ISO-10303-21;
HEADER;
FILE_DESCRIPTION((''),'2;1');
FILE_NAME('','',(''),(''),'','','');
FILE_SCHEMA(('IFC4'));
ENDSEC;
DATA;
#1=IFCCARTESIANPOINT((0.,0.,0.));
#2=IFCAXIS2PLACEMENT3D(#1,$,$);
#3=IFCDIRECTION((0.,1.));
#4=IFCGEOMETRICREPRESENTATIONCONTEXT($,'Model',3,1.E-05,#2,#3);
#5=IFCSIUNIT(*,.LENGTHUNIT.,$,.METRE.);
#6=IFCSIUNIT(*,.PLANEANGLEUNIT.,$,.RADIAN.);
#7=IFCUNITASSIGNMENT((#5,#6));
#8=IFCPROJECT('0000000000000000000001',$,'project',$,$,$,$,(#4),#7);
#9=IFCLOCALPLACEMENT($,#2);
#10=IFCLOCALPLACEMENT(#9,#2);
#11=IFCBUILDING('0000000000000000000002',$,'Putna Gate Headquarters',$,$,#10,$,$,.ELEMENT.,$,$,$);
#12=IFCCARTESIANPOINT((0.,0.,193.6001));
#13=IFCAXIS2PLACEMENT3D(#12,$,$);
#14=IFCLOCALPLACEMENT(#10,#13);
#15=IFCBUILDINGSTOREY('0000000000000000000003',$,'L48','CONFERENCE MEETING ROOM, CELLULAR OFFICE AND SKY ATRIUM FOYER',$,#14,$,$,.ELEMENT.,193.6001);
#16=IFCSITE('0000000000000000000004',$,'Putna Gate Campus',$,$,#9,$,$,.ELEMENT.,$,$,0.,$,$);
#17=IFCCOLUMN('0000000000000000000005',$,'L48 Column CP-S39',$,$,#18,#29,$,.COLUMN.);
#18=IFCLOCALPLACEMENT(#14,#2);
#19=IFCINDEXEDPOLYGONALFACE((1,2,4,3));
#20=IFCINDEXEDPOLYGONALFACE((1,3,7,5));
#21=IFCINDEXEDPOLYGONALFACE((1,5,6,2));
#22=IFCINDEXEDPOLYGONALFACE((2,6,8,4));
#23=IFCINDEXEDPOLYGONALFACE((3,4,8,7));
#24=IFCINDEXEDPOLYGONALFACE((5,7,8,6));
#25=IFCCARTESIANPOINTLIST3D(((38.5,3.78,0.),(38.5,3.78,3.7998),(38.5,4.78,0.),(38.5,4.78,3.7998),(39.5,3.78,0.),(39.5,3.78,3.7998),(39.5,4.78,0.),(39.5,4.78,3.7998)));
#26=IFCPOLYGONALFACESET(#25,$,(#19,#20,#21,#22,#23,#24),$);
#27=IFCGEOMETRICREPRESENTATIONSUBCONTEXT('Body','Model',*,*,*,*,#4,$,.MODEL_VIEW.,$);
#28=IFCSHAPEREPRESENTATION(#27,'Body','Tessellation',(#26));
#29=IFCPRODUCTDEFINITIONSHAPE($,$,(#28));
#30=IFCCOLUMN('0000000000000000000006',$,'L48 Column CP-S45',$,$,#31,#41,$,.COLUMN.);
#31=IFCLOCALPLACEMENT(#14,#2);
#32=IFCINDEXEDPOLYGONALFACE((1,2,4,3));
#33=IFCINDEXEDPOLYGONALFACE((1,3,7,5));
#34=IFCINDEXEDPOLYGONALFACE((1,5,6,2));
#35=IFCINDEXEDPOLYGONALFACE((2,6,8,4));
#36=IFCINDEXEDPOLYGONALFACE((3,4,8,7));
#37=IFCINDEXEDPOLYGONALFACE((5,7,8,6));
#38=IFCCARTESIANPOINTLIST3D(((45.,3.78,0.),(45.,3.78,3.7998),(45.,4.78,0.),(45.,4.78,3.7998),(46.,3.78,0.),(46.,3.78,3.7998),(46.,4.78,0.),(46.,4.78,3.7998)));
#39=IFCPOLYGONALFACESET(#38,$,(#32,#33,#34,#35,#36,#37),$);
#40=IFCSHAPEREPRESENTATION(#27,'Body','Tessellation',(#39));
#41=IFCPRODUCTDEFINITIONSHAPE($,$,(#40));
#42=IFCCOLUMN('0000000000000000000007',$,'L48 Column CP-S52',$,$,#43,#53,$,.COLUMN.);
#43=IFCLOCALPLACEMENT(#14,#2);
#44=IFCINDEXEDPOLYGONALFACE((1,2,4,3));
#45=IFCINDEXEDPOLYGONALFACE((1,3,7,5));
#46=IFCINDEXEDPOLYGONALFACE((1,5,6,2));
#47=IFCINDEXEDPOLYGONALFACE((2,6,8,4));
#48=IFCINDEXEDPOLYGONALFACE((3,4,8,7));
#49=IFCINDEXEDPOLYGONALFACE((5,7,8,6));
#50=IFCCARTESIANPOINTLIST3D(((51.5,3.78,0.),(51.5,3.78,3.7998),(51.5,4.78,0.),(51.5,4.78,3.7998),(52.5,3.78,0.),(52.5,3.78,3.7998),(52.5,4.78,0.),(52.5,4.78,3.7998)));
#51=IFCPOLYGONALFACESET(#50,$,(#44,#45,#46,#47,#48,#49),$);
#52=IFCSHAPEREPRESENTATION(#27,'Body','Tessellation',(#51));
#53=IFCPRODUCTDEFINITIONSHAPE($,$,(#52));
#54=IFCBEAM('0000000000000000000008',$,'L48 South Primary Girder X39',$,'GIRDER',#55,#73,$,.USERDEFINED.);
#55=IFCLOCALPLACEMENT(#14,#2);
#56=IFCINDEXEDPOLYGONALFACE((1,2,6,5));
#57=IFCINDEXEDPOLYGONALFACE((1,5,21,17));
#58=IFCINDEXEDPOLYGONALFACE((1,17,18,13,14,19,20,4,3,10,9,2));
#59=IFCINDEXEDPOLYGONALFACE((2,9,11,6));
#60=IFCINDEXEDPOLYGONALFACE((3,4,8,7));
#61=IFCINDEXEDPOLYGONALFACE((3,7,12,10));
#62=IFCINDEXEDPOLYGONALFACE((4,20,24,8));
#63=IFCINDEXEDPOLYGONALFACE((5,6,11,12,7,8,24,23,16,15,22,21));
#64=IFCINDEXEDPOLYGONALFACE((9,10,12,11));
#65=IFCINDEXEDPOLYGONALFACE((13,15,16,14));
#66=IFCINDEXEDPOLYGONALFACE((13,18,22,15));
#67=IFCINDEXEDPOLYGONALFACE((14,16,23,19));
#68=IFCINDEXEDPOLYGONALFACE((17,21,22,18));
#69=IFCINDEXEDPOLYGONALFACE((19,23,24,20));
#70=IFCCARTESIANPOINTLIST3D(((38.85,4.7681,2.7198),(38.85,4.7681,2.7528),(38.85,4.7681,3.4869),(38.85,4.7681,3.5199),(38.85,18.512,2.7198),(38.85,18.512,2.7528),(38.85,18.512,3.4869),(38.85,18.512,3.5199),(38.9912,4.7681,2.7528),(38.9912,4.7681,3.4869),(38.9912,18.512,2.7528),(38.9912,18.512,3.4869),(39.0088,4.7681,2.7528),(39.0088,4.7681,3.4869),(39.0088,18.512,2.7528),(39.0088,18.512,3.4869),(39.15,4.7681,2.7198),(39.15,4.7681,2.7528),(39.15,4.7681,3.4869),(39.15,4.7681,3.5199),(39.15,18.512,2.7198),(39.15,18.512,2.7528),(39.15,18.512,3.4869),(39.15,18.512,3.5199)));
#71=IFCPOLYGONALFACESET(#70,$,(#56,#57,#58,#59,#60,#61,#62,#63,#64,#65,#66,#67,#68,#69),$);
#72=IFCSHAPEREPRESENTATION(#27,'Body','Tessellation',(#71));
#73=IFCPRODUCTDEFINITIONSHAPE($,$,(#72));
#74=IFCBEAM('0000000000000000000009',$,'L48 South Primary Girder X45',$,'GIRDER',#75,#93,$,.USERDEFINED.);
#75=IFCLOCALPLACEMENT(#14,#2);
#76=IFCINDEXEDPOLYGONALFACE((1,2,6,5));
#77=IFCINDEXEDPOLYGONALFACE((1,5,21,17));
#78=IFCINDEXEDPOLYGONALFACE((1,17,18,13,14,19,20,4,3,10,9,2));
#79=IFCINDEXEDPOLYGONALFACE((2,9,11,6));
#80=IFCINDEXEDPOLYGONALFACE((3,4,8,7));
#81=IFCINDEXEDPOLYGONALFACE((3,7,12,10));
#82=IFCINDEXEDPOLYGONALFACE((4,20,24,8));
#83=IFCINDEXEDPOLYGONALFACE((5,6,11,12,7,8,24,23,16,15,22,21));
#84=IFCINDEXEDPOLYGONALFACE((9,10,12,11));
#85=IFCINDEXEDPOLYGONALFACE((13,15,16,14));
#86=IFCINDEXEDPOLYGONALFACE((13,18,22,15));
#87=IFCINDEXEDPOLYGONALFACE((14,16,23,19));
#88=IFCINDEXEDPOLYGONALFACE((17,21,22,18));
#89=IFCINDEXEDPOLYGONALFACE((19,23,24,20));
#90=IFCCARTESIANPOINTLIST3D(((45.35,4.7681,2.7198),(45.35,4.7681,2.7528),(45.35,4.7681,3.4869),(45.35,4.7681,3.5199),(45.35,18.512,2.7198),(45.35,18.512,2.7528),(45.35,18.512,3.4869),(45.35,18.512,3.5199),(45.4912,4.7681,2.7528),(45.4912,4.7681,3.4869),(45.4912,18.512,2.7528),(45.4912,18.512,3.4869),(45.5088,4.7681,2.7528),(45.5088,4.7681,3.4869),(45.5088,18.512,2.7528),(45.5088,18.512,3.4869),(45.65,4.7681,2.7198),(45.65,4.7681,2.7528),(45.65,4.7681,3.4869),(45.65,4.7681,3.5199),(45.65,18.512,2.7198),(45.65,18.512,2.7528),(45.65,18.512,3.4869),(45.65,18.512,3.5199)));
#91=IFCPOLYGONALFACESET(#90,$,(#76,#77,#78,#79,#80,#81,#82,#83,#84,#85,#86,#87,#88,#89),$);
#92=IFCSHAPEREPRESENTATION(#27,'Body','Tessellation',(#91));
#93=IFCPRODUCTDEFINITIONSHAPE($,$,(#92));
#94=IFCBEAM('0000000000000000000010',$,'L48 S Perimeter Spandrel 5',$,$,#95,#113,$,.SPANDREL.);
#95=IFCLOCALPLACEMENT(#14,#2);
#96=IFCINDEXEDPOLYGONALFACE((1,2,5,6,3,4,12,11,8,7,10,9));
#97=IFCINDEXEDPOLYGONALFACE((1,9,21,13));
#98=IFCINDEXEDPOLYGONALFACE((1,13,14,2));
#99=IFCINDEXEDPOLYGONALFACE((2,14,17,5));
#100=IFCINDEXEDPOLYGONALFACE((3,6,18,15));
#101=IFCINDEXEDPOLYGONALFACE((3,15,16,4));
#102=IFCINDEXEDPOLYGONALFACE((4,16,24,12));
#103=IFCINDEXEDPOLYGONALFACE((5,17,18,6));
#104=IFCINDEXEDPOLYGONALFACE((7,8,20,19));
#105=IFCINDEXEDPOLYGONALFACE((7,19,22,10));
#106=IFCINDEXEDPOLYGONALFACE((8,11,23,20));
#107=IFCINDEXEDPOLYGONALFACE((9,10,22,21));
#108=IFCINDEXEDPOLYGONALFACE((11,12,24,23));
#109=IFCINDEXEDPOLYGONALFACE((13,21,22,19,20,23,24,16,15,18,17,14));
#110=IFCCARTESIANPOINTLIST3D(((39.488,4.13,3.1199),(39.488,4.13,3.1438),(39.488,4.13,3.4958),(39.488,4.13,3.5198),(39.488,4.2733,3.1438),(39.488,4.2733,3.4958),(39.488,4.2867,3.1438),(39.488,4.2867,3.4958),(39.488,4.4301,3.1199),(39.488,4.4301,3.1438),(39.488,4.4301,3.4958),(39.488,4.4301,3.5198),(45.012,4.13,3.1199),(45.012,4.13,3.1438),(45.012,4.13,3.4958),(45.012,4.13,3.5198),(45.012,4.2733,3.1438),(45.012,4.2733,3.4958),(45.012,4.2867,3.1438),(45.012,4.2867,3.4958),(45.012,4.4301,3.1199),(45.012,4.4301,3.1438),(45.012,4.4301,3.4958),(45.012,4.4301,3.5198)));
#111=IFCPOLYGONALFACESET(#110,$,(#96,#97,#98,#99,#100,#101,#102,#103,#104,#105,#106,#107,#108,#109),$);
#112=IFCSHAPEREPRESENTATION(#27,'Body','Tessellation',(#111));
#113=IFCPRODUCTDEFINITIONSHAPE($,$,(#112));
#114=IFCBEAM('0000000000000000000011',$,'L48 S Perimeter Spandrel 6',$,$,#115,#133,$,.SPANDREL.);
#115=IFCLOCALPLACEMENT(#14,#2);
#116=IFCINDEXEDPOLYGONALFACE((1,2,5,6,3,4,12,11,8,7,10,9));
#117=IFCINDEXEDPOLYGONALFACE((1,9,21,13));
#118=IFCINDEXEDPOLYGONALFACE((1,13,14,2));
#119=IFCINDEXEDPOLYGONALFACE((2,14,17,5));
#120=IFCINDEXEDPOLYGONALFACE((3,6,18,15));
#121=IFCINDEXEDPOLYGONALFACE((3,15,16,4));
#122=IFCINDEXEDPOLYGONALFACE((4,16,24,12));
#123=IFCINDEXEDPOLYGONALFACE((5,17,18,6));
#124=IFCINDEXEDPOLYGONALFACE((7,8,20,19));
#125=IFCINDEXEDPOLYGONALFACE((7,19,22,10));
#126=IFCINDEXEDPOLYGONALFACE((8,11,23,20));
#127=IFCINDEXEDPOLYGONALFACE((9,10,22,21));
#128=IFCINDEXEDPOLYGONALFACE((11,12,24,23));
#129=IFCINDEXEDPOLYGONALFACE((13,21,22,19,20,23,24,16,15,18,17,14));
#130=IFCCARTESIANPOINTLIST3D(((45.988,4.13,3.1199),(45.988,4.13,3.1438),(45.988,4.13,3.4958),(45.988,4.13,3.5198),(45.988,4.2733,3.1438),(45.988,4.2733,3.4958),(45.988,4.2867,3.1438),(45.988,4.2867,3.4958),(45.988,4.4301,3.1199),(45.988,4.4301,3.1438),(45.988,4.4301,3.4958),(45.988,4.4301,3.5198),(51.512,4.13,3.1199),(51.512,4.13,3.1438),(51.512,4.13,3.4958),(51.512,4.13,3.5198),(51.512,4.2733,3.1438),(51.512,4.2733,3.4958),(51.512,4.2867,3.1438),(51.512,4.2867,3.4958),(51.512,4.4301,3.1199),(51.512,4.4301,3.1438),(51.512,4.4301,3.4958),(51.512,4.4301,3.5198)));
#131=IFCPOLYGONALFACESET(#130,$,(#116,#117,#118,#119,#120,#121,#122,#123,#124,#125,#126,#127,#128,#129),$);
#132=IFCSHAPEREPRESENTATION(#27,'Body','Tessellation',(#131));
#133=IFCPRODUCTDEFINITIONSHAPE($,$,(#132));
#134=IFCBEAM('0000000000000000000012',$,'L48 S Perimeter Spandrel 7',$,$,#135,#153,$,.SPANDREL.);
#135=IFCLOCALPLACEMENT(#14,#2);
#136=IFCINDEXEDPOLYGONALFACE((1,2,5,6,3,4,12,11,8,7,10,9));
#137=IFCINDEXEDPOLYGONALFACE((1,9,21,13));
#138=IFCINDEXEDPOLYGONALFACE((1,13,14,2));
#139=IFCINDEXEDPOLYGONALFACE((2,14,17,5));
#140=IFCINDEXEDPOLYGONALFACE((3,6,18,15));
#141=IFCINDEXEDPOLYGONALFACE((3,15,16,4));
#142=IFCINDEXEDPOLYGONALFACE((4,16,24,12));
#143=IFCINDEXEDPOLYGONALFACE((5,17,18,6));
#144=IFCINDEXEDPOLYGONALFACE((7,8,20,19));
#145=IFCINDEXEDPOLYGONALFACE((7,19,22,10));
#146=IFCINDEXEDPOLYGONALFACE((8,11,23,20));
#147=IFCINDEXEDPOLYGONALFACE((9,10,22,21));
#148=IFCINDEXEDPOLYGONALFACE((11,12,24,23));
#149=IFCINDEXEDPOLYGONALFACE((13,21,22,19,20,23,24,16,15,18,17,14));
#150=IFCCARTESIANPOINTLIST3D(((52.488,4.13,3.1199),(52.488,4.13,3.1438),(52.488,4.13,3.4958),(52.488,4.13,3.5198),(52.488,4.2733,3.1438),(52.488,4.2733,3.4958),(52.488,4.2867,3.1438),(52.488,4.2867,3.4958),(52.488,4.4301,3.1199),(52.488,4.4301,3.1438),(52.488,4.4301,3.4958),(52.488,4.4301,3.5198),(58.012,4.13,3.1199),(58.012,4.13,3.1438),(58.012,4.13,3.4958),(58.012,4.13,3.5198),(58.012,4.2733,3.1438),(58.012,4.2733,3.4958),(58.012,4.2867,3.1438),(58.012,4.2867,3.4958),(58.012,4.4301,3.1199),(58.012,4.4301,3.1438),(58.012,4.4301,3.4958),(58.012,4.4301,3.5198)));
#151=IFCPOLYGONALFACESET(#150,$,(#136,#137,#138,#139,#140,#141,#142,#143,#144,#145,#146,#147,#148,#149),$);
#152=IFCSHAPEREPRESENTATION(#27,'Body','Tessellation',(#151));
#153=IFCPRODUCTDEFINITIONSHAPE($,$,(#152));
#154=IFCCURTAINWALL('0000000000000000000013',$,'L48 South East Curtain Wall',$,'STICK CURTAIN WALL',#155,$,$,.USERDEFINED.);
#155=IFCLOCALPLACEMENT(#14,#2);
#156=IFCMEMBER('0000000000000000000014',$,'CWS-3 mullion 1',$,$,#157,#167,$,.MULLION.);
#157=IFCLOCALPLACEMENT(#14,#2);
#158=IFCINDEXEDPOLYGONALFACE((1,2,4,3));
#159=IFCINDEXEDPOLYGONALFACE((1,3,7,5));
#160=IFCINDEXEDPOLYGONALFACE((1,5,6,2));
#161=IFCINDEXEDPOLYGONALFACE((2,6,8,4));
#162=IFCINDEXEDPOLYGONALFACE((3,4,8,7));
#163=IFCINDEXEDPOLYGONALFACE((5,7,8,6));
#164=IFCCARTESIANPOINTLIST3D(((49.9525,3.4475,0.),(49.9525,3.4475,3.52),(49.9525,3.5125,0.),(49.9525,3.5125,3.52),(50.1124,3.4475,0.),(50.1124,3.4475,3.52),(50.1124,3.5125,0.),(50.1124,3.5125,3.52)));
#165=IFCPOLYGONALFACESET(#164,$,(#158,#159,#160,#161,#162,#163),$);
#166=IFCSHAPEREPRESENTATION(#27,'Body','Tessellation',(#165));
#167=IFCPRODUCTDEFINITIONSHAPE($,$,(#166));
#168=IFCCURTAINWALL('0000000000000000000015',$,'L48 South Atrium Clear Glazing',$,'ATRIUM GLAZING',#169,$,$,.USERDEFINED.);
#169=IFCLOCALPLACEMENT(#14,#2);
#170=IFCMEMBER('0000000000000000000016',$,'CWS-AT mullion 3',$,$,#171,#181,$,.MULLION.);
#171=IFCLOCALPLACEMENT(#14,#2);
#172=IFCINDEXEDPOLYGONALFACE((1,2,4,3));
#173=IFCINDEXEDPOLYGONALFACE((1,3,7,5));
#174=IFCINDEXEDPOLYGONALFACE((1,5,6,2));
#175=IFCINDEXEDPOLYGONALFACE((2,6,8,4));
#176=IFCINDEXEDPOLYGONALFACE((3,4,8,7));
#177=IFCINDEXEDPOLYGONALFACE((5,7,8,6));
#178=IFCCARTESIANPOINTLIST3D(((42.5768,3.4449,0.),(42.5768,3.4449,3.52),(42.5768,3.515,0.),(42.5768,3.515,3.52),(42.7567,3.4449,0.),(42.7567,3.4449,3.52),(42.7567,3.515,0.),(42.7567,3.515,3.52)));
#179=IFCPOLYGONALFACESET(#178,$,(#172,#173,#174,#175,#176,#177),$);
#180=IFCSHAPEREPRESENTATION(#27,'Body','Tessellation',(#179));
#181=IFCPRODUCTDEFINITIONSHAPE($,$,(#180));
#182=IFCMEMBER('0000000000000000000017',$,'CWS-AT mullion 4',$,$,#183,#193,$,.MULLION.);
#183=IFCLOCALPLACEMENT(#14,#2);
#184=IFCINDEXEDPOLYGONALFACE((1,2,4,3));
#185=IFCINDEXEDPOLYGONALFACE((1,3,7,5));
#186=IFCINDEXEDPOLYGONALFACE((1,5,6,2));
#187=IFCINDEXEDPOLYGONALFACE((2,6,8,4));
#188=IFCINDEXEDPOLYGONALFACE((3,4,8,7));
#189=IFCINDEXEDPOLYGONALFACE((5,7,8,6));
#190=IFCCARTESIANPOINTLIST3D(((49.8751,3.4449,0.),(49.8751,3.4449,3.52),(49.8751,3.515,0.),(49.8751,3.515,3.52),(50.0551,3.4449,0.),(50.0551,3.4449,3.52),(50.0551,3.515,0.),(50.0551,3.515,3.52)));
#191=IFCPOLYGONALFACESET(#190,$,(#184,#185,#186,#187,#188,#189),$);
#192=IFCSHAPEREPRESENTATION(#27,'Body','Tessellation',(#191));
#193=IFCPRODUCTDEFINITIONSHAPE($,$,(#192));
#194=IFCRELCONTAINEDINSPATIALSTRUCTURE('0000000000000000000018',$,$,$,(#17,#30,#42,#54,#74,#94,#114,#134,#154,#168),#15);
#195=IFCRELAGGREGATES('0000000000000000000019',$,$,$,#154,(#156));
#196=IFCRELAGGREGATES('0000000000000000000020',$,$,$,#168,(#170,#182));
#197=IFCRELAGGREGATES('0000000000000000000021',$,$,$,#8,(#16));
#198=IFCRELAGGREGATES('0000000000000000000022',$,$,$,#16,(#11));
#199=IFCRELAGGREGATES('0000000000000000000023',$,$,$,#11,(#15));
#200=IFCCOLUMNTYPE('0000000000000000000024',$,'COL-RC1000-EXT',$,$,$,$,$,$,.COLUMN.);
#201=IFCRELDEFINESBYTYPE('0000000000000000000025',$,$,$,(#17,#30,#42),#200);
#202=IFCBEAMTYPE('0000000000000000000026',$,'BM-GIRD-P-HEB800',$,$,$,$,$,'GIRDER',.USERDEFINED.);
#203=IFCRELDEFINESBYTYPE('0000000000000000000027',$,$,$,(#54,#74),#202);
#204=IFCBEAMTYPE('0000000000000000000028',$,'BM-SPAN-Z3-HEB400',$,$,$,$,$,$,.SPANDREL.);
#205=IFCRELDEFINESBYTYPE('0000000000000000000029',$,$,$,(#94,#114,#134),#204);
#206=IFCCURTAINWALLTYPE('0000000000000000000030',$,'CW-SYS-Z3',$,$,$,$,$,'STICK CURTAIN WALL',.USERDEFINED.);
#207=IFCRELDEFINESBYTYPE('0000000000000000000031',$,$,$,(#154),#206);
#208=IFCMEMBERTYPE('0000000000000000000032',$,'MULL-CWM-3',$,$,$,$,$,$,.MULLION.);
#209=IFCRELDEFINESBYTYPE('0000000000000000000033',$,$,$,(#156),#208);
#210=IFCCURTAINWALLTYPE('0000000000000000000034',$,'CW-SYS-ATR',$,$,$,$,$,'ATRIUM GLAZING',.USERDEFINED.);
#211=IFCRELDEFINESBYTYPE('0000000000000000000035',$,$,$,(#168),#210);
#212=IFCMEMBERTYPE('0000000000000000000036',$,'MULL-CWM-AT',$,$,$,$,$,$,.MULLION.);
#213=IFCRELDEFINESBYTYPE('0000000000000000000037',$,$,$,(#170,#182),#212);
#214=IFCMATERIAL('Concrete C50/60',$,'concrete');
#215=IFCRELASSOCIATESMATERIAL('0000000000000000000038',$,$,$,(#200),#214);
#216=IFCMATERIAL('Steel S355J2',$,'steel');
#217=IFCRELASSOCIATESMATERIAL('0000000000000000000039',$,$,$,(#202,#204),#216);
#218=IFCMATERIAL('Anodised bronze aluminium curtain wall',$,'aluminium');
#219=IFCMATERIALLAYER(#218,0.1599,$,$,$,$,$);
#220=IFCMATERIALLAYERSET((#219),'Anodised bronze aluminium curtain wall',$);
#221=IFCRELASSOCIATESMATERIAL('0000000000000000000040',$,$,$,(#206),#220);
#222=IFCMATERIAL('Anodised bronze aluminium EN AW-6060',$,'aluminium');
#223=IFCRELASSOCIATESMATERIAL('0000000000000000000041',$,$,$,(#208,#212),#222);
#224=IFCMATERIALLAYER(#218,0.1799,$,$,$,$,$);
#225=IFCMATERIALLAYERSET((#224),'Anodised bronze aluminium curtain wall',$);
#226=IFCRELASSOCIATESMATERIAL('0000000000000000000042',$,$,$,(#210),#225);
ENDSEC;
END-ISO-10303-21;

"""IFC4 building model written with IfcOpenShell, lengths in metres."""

from ifc_helpers import new_model, si_unit, direction, frame, origin, origin_2d, place, context, subcontext, project, spatial, rectangle, i_section, extrude, material, layer, layer_set, material_profile, profile_set, type_object, element, aggregate, save


model = new_model("IFC4")

# Units and contexts
model_context = context("Model", 3, precision=1e-05, world=origin(), true_north=direction((0.0, 1.0)))
body_context = subcontext(model_context, "Body", "Model", "MODEL_VIEW")
ifc_project = project(units=[si_unit("LENGTHUNIT", "METRE"), si_unit("PLANEANGLEUNIT", "RADIAN")], contexts=[model_context])

# Site, building, storey
site_placement = place(None, origin())
site = spatial("IfcSite", under=ifc_project, at=site_placement, Name="Putna Gate Campus", CompositionType="ELEMENT", RefElevation=0.0)
building_placement = place(site_placement, origin())
building = spatial("IfcBuilding", under=site, at=building_placement, Name="Putna Gate Headquarters", CompositionType="ELEMENT")
storey_placement = place(building_placement, frame((0.0, 0.0, 193.6001)))
storey = spatial("IfcBuildingStorey", under=building, at=storey_placement, Name="L48", Description="CONFERENCE MEETING ROOM, CELLULAR OFFICE AND SKY ATRIUM FOYER", CompositionType="ELEMENT", Elevation=193.6001)

# Columns
ifc_material_1 = material(Name="Concrete C50/60", Category="concrete")
ifc_material_profile_1 = material_profile(ifc_material_1, rectangle(XDim=1.0, YDim=1.0, at=origin_2d()), Name="Concrete C50/60")
ifc_profile_set_1 = profile_set([ifc_material_profile_1], Name="Concrete C50/60")
column_type = type_object("IfcColumnType", Name="COL-RC1000-EXT", PredefinedType="COLUMN", material=ifc_profile_set_1)
for number, where, z_axis, x_axis, name in (
    (1, (39.0, 4.28, 0.0), (0.0, 0.0, 1.0), (1.0, 0.0, 0.0), "L48 Column CP-S39"),
    (2, (45.5, 4.28, 0.0), (0.0, 0.0, 1.0), (1.0, 0.0, 0.0), "L48 Column CP-S45"),
    (3, (52.0, 4.28, 0.0), (0.0, 0.0, 1.0), (1.0, 0.0, 0.0), "L48 Column CP-S52"),
):
    element("IfcColumn", number, at=place(storey_placement, frame(where, z_axis=z_axis, x_axis=x_axis)), inside=storey, type_object=column_type, Name=name, PredefinedType="COLUMN", context=body_context, shape_type="SweptSolid", body=[
        extrude(rectangle(XDim=1.0, YDim=1.0, at=origin_2d()), origin(), (0.0, 0.0, 1.0), 3.7998),
    ])

# Beams
ifc_material_2 = material(Name="Steel S355J2", Category="steel")
ifc_material_profile_2 = material_profile(ifc_material_2, i_section(OverallWidth=0.3, OverallDepth=0.8, WebThickness=0.0176, FlangeThickness=0.033, at=origin_2d()), Name="Steel S355J2")
ifc_profile_set_2 = profile_set([ifc_material_profile_2], Name="Steel S355J2")
beam_type_1 = type_object("IfcBeamType", Name="BM-GIRD-P-HEB800", ElementType="GIRDER", PredefinedType="USERDEFINED", material=ifc_profile_set_2)
for number, where, z_axis, x_axis, name in (
    (4, (39.0, 4.7681, 3.1199), (0.0, 1.0, 0.0), (-1.0, 0.0, 0.0), "L48 South Primary Girder X39"),
    (5, (45.5, 4.7681, 3.1199), (0.0, 1.0, 0.0), (-1.0, 0.0, 0.0), "L48 South Primary Girder X45"),
):
    element("IfcBeam", number, at=place(storey_placement, frame(where, z_axis=z_axis, x_axis=x_axis)), inside=storey, type_object=beam_type_1, Name=name, ObjectType="GIRDER", PredefinedType="USERDEFINED", context=body_context, shape_type="SweptSolid", body=[
        extrude(i_section(OverallWidth=0.3, OverallDepth=0.8, WebThickness=0.0176, FlangeThickness=0.033, at=origin_2d()), origin(), (0.0, 0.0, 1.0), 13.7439),
    ])
ifc_material_profile_3 = material_profile(ifc_material_2, i_section(OverallWidth=0.3, OverallDepth=0.3999, WebThickness=0.0134, FlangeThickness=0.0239, at=origin_2d()), Name="Steel S355J2")
ifc_profile_set_3 = profile_set([ifc_material_profile_3], Name="Steel S355J2")
beam_type_2 = type_object("IfcBeamType", Name="BM-SPAN-Z3-HEB400", PredefinedType="SPANDREL", material=ifc_profile_set_3)
for number, where, z_axis, x_axis, name in (
    (6, (39.488, 4.28, 3.3198), (1.0, 0.0, 0.0), (0.0, 1.0, 0.0), "L48 S Perimeter Spandrel 5"),
    (7, (45.988, 4.28, 3.3198), (1.0, 0.0, 0.0), (0.0, 1.0, 0.0), "L48 S Perimeter Spandrel 6"),
    (8, (52.488, 4.28, 3.3198), (1.0, 0.0, 0.0), (0.0, 1.0, 0.0), "L48 S Perimeter Spandrel 7"),
):
    element("IfcBeam", number, at=place(storey_placement, frame(where, z_axis=z_axis, x_axis=x_axis)), inside=storey, type_object=beam_type_2, Name=name, PredefinedType="SPANDREL", context=body_context, shape_type="SweptSolid", body=[
        extrude(i_section(OverallWidth=0.3, OverallDepth=0.3999, WebThickness=0.0134, FlangeThickness=0.0239, at=origin_2d()), origin(), (0.0, 0.0, 1.0), 5.5239),
    ])

# Curtain wall, member
ifc_material_3 = material(Name="Anodised bronze aluminium curtain wall", Category="aluminium")
ifc_layer_1 = layer(ifc_material_3, 0.1599)
ifc_layer_set_1 = layer_set([ifc_layer_1], Name="Anodised bronze aluminium curtain wall")
curtain_wall_type_1 = type_object("IfcCurtainWallType", Name="CW-SYS-Z3", ElementType="STICK CURTAIN WALL", PredefinedType="USERDEFINED", material=ifc_layer_set_1)
curtain_wall_1_placement = place(storey_placement, origin())
curtain_wall_1 = element("IfcCurtainWall", 9, at=curtain_wall_1_placement, inside=storey, type_object=curtain_wall_type_1, Name="L48 South East Curtain Wall", ObjectType="STICK CURTAIN WALL", PredefinedType="USERDEFINED")
ifc_material_4 = material(Name="Anodised bronze aluminium EN AW-6060", Category="aluminium")
ifc_material_profile_4 = material_profile(ifc_material_4, rectangle(XDim=0.0649, YDim=0.1599, at=origin_2d()), Name="Anodised bronze aluminium EN AW-6060")
ifc_profile_set_4 = profile_set([ifc_material_profile_4], Name="Anodised bronze aluminium EN AW-6060")
member_type_1 = type_object("IfcMemberType", Name="MULL-CWM-3", PredefinedType="MULLION", material=ifc_profile_set_4)
member_1_placement = place(storey_placement, frame((50.0325, 3.48, 0.0), z_axis=(0.0, 0.0, 1.0), x_axis=(0.0, 1.0, 0.0)))
member_1 = element("IfcMember", 10, at=member_1_placement, type_object=member_type_1, Name="CWS-3 mullion 1", PredefinedType="MULLION", context=body_context, shape_type="SweptSolid", body=[
    extrude(rectangle(XDim=0.0649, YDim=0.1599, at=origin_2d()), origin(), (0.0, 0.0, 1.0), 3.52),
])

# Curtain wall, members
ifc_layer_2 = layer(ifc_material_3, 0.1799)
ifc_layer_set_2 = layer_set([ifc_layer_2], Name="Anodised bronze aluminium curtain wall")
curtain_wall_type_2 = type_object("IfcCurtainWallType", Name="CW-SYS-ATR", ElementType="ATRIUM GLAZING", PredefinedType="USERDEFINED", material=ifc_layer_set_2)
curtain_wall_2_placement = place(storey_placement, origin())
curtain_wall_2 = element("IfcCurtainWall", 11, at=curtain_wall_2_placement, inside=storey, type_object=curtain_wall_type_2, Name="L48 South Atrium Clear Glazing", ObjectType="ATRIUM GLAZING", PredefinedType="USERDEFINED")
ifc_material_profile_5 = material_profile(ifc_material_4, rectangle(XDim=0.0701, YDim=0.1799, at=origin_2d()), Name="Anodised bronze aluminium EN AW-6060")
ifc_profile_set_5 = profile_set([ifc_material_profile_5], Name="Anodised bronze aluminium EN AW-6060")
member_type_2 = type_object("IfcMemberType", Name="MULL-CWM-AT", PredefinedType="MULLION", material=ifc_profile_set_5)
member_2_placement = place(storey_placement, frame((42.6667, 3.48, 0.0), z_axis=(0.0, 0.0, 1.0), x_axis=(0.0, 1.0, 0.0)))
member_2 = element("IfcMember", 12, at=member_2_placement, type_object=member_type_2, Name="CWS-AT mullion 3", PredefinedType="MULLION", context=body_context, shape_type="SweptSolid", body=[
    extrude(rectangle(XDim=0.0701, YDim=0.1799, at=origin_2d()), origin(), (0.0, 0.0, 1.0), 3.52),
])
member_3_placement = place(storey_placement, frame((49.9651, 3.48, 0.0), z_axis=(0.0, 0.0, 1.0), x_axis=(0.0, 1.0, 0.0)))
member_3 = element("IfcMember", 13, at=member_3_placement, type_object=member_type_2, Name="CWS-AT mullion 4", PredefinedType="MULLION", context=body_context, shape_type="SweptSolid", body=[
    extrude(rectangle(XDim=0.0701, YDim=0.1799, at=origin_2d()), origin(), (0.0, 0.0, 1.0), 3.52),
])

aggregate(curtain_wall_1, [member_1])
aggregate(curtain_wall_2, [member_2, member_3])

save(model, "model.ifc")
